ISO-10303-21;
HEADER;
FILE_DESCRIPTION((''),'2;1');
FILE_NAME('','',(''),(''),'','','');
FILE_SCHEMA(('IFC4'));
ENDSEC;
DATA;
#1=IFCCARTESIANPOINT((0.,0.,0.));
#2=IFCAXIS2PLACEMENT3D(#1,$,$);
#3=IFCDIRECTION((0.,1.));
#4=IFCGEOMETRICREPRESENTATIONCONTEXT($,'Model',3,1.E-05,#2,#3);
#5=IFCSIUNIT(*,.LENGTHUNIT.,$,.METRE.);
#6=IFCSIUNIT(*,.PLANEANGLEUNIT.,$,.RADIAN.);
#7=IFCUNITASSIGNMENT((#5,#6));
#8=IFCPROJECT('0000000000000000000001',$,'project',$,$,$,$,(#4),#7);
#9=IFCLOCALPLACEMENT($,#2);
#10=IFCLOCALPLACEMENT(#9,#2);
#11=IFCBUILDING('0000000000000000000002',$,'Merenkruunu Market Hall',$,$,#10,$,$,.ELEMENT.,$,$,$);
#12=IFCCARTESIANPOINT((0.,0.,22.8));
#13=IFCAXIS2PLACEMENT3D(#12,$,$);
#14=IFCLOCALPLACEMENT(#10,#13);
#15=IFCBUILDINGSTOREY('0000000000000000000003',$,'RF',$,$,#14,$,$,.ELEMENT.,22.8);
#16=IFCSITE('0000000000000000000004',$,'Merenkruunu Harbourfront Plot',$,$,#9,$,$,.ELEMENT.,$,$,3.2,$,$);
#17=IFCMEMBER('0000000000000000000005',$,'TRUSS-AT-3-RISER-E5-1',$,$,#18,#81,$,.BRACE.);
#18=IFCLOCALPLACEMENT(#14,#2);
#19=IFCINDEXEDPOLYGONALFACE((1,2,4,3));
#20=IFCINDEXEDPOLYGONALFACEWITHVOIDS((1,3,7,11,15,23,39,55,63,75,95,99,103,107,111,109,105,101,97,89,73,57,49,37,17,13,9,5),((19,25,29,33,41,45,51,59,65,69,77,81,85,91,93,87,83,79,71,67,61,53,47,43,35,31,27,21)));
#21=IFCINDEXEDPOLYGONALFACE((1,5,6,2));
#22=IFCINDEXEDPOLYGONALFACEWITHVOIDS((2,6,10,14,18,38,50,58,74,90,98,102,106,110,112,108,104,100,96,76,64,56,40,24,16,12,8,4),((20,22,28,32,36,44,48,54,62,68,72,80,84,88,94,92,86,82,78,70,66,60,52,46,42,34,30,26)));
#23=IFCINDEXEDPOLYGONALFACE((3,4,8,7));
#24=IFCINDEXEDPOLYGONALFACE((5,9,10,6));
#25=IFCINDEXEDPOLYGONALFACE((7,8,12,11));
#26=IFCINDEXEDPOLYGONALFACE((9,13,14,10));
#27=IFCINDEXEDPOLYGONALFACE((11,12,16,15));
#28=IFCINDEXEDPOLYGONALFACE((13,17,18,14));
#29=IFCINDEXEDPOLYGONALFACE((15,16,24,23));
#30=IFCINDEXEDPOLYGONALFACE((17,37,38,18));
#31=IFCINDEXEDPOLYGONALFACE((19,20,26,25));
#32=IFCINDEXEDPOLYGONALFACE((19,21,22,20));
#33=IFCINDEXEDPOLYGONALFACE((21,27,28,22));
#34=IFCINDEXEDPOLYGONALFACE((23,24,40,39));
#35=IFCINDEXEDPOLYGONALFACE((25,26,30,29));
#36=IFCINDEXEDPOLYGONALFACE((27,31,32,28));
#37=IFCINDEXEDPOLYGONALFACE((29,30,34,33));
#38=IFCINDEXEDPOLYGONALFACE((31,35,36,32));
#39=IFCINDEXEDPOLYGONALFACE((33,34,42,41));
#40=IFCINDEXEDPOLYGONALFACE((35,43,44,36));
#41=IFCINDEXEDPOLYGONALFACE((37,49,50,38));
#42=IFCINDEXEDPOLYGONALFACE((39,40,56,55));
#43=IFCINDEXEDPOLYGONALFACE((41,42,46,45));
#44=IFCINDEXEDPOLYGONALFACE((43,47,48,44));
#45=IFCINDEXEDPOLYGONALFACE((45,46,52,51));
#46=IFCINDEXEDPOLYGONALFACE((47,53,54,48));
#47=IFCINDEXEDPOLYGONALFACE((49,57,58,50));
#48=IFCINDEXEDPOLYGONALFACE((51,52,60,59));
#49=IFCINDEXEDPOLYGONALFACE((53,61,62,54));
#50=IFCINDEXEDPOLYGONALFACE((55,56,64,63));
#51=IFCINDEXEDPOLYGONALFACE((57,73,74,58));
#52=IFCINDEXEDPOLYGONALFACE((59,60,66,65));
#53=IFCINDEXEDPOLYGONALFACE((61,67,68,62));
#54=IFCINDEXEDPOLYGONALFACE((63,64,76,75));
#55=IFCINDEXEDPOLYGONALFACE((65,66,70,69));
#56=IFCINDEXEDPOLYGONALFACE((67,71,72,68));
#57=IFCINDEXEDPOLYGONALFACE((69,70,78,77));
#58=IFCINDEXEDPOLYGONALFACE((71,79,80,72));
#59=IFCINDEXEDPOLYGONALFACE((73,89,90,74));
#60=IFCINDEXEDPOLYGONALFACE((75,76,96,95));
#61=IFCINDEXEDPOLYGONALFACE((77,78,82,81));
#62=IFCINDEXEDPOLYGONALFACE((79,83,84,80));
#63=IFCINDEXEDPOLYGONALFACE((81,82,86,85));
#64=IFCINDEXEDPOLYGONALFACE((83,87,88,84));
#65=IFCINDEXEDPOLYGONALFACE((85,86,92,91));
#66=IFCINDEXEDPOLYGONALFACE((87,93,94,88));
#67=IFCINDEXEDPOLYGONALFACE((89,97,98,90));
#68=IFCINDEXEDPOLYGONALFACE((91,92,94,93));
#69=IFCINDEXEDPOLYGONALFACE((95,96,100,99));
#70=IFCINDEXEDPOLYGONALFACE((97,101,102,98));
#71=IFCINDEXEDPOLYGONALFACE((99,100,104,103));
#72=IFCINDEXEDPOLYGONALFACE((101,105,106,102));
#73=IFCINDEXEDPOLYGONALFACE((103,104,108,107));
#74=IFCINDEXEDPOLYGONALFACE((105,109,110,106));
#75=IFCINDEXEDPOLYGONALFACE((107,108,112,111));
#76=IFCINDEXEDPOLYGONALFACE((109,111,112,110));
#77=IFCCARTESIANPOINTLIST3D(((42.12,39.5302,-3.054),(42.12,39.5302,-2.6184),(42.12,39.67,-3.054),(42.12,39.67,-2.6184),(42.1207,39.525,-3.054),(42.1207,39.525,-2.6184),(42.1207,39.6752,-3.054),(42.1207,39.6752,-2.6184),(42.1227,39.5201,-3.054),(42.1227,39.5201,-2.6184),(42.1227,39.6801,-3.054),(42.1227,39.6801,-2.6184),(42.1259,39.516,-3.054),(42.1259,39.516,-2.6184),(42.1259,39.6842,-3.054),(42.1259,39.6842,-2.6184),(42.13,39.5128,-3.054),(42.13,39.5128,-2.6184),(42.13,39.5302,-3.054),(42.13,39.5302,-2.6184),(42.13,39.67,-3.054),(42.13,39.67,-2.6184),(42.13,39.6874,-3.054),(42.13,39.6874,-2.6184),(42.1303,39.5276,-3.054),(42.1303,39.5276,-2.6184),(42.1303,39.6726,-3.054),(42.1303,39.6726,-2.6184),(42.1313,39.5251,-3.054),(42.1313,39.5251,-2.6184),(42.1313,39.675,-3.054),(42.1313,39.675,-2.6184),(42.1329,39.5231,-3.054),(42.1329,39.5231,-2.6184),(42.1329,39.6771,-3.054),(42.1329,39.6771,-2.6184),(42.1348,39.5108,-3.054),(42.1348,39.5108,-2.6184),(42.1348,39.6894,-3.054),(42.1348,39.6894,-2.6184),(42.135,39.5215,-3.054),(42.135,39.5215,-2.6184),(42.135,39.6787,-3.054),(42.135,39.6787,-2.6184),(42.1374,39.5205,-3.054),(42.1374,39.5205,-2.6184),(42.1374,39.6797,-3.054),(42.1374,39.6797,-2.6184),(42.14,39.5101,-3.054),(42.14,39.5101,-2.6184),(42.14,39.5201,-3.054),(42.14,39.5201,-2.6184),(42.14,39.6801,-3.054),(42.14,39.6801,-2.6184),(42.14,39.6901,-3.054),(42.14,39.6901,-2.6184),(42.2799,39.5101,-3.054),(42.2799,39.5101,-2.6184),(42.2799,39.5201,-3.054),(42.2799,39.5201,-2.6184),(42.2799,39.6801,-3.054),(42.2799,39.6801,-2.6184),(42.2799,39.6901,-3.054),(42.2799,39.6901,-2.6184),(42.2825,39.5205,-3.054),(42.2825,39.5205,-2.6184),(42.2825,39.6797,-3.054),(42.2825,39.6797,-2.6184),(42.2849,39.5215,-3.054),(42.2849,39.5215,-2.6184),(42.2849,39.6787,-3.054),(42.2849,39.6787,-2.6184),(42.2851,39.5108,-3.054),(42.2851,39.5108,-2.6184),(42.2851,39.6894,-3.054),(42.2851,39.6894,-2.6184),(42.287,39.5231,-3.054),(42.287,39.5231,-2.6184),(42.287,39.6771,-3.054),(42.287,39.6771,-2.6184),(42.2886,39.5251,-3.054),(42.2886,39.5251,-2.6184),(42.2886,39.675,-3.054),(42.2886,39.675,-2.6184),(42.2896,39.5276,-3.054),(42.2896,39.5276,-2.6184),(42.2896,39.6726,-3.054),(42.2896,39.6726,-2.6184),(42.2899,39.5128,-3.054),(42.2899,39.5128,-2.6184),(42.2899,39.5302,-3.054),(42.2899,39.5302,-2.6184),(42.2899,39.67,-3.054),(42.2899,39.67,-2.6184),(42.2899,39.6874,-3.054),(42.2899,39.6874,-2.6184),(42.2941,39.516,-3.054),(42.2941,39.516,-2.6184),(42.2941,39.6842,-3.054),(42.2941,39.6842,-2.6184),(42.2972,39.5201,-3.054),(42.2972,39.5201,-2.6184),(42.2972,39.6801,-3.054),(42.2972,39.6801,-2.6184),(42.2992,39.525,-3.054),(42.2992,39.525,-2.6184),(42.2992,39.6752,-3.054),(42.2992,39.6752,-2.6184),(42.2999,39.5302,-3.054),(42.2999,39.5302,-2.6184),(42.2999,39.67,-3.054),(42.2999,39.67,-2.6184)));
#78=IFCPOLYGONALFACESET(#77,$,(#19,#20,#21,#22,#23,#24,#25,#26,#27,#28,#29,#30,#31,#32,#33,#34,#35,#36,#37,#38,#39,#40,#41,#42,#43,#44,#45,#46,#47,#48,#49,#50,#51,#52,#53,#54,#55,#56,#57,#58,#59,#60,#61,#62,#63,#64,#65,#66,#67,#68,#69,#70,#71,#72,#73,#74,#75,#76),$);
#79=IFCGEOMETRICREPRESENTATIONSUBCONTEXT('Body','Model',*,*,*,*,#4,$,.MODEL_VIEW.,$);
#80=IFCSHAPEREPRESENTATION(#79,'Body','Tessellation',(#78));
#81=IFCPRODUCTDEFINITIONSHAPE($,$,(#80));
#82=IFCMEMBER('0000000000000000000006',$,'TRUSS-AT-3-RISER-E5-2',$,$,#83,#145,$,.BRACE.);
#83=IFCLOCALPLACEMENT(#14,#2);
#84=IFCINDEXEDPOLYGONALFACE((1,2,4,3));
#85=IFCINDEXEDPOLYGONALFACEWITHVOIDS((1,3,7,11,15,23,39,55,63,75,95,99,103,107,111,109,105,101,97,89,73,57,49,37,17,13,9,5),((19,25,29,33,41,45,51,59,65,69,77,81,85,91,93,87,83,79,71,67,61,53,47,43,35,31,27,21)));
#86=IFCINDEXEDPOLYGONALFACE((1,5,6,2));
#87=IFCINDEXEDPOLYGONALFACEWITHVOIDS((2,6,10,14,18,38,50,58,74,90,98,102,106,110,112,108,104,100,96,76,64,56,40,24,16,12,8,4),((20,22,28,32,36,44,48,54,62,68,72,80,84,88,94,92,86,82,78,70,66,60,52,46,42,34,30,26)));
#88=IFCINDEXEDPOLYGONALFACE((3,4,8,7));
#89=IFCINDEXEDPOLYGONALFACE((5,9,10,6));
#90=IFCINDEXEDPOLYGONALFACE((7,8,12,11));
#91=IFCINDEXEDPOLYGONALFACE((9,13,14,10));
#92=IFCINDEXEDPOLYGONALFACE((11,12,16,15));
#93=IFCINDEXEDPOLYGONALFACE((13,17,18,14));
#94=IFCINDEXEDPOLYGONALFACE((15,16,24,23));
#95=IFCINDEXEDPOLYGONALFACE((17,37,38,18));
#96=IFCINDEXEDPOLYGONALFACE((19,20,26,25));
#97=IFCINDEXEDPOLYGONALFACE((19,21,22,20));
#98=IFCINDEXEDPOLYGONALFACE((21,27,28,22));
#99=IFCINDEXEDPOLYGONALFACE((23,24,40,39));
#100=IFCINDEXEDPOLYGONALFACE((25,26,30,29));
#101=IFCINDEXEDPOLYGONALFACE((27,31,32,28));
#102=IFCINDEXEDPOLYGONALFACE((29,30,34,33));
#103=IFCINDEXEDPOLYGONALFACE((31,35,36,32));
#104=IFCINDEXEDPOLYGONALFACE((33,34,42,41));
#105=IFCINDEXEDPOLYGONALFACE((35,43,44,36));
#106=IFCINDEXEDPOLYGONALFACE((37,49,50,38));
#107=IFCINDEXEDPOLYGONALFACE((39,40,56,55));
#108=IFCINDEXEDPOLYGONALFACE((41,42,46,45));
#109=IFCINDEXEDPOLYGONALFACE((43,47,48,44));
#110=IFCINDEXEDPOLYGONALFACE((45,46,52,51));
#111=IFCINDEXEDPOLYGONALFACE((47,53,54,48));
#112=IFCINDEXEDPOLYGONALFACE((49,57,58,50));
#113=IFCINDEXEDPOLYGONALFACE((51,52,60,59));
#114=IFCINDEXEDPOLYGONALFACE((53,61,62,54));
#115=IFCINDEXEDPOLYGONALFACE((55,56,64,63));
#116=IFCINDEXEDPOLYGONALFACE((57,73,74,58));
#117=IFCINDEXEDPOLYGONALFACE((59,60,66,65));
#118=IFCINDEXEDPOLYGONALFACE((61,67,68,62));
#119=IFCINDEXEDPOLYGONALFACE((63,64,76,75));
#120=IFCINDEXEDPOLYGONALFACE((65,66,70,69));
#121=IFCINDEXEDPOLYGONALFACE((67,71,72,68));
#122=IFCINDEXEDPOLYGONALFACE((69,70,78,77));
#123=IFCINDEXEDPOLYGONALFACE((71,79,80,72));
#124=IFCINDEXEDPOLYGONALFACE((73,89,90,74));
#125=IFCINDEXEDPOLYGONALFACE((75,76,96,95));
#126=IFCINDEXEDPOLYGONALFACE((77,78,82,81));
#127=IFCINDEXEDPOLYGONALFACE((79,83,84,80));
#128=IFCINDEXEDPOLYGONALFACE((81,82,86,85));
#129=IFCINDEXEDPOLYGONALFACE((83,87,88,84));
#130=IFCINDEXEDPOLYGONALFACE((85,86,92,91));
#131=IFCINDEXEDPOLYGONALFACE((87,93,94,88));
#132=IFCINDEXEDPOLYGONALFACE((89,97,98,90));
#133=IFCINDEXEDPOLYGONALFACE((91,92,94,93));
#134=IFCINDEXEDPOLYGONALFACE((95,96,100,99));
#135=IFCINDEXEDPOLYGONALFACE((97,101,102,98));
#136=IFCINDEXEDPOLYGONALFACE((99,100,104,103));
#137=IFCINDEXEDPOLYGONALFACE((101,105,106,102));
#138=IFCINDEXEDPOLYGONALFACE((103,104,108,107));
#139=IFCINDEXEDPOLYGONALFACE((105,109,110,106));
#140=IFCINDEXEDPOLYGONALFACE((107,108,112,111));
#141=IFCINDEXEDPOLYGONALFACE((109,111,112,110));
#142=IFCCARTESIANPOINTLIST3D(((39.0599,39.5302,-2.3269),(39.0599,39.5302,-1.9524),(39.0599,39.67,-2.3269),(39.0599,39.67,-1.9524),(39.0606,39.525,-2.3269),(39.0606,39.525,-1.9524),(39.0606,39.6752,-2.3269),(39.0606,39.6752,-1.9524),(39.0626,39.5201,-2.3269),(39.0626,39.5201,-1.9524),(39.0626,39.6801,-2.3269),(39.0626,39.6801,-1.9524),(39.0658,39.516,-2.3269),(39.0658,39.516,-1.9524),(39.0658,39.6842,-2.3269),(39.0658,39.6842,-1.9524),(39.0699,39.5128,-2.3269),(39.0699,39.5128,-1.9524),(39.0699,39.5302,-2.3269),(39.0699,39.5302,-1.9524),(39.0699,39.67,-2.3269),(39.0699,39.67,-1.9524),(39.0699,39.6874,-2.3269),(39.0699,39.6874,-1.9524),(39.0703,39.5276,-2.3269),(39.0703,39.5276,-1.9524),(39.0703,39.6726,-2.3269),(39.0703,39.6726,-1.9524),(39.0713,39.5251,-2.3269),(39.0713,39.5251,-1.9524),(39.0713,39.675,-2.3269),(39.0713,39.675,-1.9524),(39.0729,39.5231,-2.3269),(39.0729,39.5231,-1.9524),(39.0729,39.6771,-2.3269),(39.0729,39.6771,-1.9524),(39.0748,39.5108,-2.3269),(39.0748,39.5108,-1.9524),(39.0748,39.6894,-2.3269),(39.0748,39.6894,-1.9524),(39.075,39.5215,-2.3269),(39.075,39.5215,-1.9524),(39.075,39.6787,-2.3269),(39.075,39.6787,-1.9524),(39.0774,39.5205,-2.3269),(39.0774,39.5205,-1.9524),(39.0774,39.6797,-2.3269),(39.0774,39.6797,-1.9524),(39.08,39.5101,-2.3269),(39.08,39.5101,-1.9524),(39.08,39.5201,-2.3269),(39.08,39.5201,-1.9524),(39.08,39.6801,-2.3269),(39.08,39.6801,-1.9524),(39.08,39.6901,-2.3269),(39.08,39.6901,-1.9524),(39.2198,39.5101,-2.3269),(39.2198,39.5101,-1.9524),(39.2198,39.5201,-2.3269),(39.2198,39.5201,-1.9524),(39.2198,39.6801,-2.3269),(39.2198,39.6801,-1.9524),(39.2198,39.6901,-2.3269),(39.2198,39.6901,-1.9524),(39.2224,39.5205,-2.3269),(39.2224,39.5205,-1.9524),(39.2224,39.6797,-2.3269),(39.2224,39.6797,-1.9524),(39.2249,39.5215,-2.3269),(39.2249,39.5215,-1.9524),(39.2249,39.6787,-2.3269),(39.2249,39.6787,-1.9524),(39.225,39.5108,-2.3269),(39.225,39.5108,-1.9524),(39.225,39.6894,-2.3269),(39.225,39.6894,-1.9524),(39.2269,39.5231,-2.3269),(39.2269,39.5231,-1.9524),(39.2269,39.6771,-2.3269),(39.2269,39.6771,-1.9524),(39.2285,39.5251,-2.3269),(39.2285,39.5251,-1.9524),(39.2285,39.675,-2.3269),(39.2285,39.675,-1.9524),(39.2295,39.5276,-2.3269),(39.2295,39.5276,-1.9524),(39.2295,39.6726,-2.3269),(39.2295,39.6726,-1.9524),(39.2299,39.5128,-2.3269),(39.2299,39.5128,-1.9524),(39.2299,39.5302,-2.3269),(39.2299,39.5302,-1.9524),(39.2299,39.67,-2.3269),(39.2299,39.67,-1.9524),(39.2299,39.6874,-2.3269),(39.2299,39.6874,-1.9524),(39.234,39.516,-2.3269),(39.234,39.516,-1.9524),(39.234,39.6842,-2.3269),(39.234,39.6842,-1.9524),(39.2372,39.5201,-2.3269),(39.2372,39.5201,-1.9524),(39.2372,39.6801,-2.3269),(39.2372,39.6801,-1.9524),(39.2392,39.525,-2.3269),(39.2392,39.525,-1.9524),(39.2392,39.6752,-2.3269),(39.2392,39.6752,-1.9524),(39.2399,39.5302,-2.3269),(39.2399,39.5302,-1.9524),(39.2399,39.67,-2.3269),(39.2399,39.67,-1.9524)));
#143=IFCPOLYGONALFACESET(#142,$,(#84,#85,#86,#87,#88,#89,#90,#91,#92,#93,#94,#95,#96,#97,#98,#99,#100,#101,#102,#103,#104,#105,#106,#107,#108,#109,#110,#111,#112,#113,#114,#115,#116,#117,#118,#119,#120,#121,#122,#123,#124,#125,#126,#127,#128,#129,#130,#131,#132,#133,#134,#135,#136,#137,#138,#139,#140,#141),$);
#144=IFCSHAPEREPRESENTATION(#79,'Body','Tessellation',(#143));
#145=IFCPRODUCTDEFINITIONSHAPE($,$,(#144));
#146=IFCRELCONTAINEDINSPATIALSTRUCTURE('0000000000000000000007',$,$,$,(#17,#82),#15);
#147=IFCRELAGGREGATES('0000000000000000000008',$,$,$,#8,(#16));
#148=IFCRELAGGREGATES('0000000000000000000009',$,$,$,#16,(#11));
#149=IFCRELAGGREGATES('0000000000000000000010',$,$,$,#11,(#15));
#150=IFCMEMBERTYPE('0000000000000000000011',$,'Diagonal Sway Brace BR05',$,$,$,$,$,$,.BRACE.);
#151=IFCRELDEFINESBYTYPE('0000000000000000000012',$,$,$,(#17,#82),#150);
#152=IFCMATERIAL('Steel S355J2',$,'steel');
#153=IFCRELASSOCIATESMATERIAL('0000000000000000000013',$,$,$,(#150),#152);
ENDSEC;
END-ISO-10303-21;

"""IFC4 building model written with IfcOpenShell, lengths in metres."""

from ifc_helpers import new_model, si_unit, direction, frame, origin, origin_2d, place, context, subcontext, project, spatial, hollow_rectangle, extrude, material, material_profile, profile_set, type_object, element, save


model = new_model("IFC4")

# Units and contexts
model_context = context("Model", 3, precision=1e-05, world=origin(), true_north=direction((0.0, 1.0)))
body_context = subcontext(model_context, "Body", "Model", "MODEL_VIEW")
ifc_project = project(units=[si_unit("LENGTHUNIT", "METRE"), si_unit("PLANEANGLEUNIT", "RADIAN")], contexts=[model_context])

# Site, building, storey
site_placement = place(None, origin())
site = spatial("IfcSite", under=ifc_project, at=site_placement, Name="Merenkruunu Harbourfront Plot", CompositionType="ELEMENT", RefElevation=3.2)
building_placement = place(site_placement, origin())
building = spatial("IfcBuilding", under=site, at=building_placement, Name="Merenkruunu Market Hall", CompositionType="ELEMENT")
storey_placement = place(building_placement, frame((0.0, 0.0, 22.8)))
storey = spatial("IfcBuildingStorey", under=building, at=storey_placement, Name="RF", CompositionType="ELEMENT", Elevation=22.8)

# Members
ifc_material_1 = material(Name="Steel S355J2", Category="steel")
ifc_material_profile_1 = material_profile(ifc_material_1, hollow_rectangle(XDim=0.1799, YDim=0.1799, WallThickness=0.01, InnerFilletRadius=0.01, OuterFilletRadius=0.02, at=origin_2d()), Name="SHS 180x180x10")
ifc_profile_set_1 = profile_set([ifc_material_profile_1], Name="Steel S355J2")
member_type_1 = type_object("IfcMemberType", Name="Diagonal Sway Brace BR05", PredefinedType="BRACE", material=ifc_profile_set_1)
member_1_placement = place(storey_placement, frame((42.21, 39.6001, -3.054), z_axis=(0.0, 0.0, 1.0), x_axis=(1.0, 0.0, 0.0)))
element("IfcMember", 1, at=member_1_placement, inside=storey, type_object=member_type_1, Name="TRUSS-AT-3-RISER-E5-1", PredefinedType="BRACE", context=body_context, shape_type="SweptSolid", body=[
    extrude(hollow_rectangle(XDim=0.1799, YDim=0.1799, WallThickness=0.01, InnerFilletRadius=0.01, OuterFilletRadius=0.02, at=origin_2d()), origin(), (0.0, 0.0, 1.0), 0.4355),
])
member_2_placement = place(storey_placement, frame((39.1499, 39.6001, -2.3269), z_axis=(0.0, 0.0, 1.0), x_axis=(1.0, 0.0, 0.0)))
element("IfcMember", 2, at=member_2_placement, inside=storey, type_object=member_type_1, Name="TRUSS-AT-3-RISER-E5-2", PredefinedType="BRACE", context=body_context, shape_type="SweptSolid", body=[
    extrude(hollow_rectangle(XDim=0.1799, YDim=0.1799, WallThickness=0.01, InnerFilletRadius=0.01, OuterFilletRadius=0.02, at=origin_2d()), origin(), (0.0, 0.0, 1.0), 0.3745),
])

save(model, "model.ifc")
